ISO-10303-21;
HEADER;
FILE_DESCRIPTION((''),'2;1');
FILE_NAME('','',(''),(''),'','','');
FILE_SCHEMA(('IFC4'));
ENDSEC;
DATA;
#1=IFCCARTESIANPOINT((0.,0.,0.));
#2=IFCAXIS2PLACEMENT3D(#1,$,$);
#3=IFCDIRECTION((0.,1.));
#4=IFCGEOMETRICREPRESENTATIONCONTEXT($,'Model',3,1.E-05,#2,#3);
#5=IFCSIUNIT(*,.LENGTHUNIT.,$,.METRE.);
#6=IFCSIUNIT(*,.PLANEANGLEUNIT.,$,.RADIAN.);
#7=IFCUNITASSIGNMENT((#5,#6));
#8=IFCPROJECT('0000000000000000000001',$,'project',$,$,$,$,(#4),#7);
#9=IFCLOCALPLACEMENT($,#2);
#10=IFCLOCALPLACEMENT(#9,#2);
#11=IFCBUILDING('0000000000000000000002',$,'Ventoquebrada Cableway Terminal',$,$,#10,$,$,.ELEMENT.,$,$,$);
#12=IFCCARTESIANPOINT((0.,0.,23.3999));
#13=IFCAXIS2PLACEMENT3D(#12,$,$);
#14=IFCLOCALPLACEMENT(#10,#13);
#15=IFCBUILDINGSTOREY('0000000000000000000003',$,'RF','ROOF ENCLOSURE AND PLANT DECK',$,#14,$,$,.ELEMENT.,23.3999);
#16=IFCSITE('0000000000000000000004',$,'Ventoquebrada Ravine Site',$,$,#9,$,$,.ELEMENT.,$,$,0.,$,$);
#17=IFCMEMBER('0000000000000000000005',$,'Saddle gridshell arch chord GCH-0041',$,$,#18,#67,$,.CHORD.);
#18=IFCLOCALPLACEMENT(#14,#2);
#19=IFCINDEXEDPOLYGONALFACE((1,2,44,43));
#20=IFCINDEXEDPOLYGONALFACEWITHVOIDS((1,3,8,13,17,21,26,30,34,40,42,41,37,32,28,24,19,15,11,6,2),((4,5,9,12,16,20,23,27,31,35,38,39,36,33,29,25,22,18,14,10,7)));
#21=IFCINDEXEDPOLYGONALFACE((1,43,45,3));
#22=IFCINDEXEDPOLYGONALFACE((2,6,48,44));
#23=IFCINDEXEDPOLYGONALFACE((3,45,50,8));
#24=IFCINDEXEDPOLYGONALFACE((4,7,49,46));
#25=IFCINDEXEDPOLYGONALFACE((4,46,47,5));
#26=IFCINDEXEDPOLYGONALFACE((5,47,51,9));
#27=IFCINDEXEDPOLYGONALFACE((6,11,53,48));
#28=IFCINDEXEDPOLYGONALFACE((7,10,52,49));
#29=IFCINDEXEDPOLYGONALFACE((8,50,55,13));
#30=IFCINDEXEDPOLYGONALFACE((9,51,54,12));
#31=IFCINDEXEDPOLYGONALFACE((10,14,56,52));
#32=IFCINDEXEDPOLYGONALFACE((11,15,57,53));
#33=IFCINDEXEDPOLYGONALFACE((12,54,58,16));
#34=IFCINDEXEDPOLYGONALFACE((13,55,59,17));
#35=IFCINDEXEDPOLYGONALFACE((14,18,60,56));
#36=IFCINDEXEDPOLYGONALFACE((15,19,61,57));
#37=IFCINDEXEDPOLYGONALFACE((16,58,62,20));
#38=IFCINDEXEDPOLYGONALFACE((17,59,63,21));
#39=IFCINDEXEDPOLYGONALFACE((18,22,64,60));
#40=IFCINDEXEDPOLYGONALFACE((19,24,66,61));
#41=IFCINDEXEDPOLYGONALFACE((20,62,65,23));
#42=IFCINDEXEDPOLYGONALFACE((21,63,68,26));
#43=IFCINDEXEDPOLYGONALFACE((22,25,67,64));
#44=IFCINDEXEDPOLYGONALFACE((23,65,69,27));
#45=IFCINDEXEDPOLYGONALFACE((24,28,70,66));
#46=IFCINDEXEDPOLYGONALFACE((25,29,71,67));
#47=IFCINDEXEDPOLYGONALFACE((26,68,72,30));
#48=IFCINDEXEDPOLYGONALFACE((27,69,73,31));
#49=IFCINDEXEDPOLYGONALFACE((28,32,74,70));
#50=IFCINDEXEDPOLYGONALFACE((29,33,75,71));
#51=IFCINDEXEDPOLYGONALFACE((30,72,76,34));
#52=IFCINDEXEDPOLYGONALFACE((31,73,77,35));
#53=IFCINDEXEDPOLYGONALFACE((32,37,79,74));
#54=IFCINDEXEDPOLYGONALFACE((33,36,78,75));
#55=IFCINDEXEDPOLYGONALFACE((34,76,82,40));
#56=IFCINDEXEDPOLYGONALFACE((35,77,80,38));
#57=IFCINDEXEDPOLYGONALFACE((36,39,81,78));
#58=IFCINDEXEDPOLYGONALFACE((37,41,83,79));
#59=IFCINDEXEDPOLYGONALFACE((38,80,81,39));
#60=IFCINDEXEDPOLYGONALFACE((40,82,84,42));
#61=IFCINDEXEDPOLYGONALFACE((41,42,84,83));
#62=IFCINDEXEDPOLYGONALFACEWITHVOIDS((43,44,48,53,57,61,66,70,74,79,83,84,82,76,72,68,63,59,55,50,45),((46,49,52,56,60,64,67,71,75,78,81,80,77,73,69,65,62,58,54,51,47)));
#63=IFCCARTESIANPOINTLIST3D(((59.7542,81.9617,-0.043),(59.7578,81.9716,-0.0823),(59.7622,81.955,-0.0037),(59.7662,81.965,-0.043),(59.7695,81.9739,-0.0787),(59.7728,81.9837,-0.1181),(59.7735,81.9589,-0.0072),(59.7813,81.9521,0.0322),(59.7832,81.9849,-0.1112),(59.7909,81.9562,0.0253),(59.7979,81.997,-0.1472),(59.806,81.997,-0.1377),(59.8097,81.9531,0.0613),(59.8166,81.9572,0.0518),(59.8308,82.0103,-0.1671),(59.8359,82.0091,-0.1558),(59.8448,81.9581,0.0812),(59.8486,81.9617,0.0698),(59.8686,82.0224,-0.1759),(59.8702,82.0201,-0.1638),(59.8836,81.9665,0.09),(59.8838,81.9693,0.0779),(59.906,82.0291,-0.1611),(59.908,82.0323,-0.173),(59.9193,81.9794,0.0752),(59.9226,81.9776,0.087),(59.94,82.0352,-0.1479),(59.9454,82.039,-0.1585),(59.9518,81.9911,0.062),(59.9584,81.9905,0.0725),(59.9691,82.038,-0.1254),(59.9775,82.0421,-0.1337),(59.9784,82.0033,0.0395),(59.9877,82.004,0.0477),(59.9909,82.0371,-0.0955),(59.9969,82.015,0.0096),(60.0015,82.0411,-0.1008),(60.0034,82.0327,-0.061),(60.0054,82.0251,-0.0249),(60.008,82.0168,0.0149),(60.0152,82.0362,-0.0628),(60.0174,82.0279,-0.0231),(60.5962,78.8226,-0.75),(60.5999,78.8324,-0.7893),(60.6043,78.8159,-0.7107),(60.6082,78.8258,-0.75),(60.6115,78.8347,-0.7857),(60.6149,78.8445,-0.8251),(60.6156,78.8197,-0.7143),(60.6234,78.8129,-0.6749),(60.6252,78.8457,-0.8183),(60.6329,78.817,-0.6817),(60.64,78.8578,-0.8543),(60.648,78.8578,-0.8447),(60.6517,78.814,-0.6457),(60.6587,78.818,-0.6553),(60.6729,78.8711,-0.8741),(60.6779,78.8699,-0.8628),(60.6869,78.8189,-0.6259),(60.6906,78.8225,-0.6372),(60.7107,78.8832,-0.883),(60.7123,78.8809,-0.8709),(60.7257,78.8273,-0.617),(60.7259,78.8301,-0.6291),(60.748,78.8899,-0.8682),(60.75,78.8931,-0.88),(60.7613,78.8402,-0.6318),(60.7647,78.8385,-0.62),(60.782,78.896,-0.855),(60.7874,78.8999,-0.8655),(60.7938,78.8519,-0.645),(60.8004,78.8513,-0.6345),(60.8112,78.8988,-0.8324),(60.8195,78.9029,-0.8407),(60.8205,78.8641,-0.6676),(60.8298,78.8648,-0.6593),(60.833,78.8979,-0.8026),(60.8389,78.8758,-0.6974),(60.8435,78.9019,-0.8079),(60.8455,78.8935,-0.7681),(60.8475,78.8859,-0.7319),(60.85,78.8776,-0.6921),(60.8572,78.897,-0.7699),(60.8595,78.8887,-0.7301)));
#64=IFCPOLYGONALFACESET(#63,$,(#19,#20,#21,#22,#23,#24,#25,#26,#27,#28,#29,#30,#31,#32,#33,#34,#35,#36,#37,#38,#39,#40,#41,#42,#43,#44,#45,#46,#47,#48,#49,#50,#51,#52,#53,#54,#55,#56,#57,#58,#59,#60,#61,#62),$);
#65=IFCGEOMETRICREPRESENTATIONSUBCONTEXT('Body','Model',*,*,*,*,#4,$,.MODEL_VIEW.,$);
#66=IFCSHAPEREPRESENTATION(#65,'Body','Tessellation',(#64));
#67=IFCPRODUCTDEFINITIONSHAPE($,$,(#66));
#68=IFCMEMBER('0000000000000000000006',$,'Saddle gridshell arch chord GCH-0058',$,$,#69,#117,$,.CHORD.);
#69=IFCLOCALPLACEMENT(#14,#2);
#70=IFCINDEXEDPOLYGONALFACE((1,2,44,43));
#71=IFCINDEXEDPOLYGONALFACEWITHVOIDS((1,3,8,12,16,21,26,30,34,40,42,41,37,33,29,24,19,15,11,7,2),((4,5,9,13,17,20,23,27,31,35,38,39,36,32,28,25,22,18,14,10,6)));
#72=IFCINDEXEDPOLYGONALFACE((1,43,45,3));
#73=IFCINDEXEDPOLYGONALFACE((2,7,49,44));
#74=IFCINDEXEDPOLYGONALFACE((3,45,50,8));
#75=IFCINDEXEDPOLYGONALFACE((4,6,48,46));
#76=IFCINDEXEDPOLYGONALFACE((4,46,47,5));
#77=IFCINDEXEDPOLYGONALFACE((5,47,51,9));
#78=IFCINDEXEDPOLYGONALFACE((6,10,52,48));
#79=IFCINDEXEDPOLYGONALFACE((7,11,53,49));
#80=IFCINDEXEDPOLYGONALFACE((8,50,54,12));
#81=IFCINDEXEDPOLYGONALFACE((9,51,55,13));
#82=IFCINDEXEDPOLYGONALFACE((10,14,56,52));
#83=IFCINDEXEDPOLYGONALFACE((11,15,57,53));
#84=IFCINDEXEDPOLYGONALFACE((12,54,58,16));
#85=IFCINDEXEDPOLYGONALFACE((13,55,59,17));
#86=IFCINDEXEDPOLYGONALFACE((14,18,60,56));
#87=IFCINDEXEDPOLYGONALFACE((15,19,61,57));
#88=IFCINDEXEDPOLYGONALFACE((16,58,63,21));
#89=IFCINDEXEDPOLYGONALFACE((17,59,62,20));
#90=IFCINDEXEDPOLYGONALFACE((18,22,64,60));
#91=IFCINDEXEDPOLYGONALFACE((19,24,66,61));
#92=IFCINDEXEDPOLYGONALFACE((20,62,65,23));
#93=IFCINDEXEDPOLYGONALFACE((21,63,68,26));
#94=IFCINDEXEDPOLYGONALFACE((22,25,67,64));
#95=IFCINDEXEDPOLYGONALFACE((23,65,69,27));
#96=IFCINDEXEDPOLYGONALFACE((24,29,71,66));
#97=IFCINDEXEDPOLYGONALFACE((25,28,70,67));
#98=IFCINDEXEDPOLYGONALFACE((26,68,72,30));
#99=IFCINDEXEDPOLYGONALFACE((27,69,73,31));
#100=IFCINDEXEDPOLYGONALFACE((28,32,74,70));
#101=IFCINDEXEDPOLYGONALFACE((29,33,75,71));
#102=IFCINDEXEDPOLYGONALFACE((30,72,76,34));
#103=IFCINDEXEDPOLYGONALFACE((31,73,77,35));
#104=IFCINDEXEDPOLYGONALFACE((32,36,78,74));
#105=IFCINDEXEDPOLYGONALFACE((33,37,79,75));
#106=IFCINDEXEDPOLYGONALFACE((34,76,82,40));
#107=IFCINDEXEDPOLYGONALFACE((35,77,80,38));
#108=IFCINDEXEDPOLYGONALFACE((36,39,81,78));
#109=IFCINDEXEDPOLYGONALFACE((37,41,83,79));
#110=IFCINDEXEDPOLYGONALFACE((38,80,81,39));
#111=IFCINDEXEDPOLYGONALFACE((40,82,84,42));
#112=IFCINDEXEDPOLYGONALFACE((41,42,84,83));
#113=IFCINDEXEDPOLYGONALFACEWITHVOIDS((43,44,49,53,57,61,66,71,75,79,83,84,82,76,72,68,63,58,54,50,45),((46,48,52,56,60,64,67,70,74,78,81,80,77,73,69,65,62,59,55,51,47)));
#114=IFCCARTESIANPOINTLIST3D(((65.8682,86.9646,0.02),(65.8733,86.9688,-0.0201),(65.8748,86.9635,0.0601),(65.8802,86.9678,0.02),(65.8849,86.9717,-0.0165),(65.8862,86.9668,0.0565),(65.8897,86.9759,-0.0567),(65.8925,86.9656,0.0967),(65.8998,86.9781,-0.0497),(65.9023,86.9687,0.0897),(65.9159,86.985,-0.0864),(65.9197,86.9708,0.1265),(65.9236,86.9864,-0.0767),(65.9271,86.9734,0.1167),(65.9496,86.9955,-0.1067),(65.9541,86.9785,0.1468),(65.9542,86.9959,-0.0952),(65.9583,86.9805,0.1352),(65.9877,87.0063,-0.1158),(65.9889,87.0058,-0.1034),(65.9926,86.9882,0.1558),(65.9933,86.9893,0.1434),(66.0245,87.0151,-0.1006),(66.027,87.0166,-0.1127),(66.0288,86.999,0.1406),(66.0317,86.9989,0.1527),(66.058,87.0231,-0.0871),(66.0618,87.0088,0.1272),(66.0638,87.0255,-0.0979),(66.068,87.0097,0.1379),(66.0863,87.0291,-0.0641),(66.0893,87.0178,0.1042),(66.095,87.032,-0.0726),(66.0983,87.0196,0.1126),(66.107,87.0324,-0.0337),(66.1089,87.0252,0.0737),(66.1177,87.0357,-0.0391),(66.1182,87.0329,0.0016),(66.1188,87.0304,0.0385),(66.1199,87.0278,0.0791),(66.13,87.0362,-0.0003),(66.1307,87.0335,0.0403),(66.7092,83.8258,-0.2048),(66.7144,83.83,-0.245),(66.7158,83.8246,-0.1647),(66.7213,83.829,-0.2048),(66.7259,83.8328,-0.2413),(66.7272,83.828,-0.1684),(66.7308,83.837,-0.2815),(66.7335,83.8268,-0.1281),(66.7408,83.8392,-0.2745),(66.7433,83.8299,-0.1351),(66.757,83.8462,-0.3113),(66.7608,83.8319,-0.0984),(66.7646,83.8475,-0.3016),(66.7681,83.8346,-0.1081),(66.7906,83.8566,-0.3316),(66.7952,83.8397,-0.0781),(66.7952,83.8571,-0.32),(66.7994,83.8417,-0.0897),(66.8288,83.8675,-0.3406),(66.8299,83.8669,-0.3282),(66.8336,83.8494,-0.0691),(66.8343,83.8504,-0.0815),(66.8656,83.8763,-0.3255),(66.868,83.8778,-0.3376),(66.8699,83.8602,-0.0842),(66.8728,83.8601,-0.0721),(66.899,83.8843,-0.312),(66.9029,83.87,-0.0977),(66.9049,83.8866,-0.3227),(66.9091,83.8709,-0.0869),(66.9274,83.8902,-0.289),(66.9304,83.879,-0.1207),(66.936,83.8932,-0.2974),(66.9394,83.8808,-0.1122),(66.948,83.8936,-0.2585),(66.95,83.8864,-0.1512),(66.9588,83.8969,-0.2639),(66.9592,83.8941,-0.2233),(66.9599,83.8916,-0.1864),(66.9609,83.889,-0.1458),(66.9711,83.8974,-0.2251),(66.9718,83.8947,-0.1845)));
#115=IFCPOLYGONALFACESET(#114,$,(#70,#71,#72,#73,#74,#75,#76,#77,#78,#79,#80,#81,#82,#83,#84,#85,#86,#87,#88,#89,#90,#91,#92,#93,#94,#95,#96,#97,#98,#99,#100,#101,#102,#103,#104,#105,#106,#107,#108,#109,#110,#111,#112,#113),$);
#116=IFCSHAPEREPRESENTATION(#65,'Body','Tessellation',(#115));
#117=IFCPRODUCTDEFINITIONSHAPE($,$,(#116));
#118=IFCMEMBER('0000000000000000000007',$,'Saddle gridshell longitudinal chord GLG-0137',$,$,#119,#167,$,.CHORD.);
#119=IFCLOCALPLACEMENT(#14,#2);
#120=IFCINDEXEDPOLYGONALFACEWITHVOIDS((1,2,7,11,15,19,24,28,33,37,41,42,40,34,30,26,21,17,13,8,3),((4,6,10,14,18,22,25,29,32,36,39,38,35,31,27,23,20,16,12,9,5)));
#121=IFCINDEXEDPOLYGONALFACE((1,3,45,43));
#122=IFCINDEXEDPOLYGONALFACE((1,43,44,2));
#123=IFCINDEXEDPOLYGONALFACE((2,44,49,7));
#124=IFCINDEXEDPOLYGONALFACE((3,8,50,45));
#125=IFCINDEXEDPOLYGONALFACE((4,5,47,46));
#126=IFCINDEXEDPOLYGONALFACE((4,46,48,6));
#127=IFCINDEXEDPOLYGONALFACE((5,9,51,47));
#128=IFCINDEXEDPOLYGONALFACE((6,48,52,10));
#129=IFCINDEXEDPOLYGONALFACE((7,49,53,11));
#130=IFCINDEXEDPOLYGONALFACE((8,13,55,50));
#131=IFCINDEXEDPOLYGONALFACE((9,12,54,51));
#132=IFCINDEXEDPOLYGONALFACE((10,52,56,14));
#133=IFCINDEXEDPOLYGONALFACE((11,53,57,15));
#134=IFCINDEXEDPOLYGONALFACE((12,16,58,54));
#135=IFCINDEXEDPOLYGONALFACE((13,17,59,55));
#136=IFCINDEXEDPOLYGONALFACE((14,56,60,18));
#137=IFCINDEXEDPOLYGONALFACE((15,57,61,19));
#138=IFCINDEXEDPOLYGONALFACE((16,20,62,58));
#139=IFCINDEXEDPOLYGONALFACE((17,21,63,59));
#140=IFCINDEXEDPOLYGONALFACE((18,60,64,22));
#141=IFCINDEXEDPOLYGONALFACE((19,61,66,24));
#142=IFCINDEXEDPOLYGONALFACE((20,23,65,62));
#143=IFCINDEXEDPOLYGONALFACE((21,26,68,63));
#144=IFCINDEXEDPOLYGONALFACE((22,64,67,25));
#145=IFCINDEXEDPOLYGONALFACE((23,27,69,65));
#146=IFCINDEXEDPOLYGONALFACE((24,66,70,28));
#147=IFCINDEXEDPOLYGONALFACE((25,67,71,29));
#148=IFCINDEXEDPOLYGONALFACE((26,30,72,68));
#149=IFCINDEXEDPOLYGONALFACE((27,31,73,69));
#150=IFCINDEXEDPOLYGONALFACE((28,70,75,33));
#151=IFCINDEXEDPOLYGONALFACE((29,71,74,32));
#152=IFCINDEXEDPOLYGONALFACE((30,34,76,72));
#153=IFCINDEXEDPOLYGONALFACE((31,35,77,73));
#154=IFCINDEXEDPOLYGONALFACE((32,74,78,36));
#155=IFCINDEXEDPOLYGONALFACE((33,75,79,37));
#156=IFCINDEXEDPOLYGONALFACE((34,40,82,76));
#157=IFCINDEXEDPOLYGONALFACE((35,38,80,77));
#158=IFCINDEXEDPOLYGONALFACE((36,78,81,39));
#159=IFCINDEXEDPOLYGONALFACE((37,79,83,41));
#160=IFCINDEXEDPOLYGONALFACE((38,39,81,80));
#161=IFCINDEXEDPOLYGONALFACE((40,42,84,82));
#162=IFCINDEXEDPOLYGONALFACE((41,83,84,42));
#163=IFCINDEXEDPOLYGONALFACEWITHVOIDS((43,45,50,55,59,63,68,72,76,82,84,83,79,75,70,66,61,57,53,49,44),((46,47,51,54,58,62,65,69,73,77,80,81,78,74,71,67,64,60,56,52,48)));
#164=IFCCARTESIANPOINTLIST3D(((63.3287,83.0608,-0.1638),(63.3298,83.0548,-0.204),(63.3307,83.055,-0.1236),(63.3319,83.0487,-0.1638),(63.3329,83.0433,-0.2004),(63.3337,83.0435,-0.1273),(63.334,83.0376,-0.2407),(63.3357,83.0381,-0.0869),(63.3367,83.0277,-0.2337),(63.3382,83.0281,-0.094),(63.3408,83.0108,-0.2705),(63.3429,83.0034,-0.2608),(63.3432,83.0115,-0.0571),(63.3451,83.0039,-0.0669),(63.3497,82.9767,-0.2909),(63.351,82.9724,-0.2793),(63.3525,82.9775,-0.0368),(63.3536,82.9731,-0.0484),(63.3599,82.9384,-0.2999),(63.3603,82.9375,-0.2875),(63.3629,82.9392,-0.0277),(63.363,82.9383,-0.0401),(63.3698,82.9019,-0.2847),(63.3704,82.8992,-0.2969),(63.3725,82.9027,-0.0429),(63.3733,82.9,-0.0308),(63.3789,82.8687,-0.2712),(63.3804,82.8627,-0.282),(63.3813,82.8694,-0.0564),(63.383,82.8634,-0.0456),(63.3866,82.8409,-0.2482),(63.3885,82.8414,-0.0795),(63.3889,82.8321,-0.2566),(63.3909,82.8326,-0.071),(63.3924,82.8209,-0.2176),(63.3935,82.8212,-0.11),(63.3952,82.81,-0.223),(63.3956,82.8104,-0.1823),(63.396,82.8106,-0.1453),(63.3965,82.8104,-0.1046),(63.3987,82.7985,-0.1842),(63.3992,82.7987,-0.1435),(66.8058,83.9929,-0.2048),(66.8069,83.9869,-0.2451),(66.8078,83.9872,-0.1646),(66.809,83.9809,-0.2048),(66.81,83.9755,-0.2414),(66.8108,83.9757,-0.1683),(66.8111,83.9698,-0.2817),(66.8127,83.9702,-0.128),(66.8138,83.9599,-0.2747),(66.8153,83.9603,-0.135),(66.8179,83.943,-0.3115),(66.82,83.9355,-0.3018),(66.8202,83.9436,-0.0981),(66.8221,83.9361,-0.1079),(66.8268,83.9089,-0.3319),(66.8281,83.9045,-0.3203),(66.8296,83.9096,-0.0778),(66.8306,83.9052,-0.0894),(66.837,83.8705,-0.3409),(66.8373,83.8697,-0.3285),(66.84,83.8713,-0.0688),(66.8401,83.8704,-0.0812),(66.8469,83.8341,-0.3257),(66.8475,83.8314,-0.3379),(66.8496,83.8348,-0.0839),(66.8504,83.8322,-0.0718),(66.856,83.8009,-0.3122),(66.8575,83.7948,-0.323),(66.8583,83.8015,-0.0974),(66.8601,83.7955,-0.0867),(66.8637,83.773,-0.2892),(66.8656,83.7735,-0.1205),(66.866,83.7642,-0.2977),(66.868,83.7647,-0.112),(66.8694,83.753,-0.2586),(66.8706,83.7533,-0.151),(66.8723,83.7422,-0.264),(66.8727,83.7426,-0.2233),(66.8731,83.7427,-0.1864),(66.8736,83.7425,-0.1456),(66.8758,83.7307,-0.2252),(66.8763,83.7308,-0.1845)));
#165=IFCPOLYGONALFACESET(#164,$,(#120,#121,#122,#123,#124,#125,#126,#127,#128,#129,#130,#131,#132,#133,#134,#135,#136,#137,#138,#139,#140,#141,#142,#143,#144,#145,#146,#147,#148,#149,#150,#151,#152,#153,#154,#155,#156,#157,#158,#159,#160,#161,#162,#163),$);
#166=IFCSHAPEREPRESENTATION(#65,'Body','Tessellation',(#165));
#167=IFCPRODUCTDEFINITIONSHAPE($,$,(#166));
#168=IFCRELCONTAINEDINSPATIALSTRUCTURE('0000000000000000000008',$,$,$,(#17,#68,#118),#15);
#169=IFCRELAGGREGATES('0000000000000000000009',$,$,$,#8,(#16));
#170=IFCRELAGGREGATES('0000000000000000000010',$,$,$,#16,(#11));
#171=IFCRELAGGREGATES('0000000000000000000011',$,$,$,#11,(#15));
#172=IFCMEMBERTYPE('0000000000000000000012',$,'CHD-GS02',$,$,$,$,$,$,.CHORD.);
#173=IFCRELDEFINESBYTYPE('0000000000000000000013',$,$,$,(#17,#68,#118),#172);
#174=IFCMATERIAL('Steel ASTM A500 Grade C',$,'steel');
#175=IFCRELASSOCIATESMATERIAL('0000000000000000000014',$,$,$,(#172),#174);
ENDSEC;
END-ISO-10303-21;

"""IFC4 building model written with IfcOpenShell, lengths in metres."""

from ifc_helpers import new_model, si_unit, direction, frame, origin, origin_2d, place, context, subcontext, project, spatial, hollow_circle, extrude, material, material_profile, profile_set, type_object, element, save


model = new_model("IFC4")

# Units and contexts
model_context = context("Model", 3, precision=1e-05, world=origin(), true_north=direction((0.0, 1.0)))
body_context = subcontext(model_context, "Body", "Model", "MODEL_VIEW")
ifc_project = project(units=[si_unit("LENGTHUNIT", "METRE"), si_unit("PLANEANGLEUNIT", "RADIAN")], contexts=[model_context])

# Site, building, storey
site_placement = place(None, origin())
site = spatial("IfcSite", under=ifc_project, at=site_placement, Name="Ventoquebrada Ravine Site", CompositionType="ELEMENT", RefElevation=0.0)
building_placement = place(site_placement, origin())
building = spatial("IfcBuilding", under=site, at=building_placement, Name="Ventoquebrada Cableway Terminal", CompositionType="ELEMENT")
storey_placement = place(building_placement, frame((0.0, 0.0, 23.3999)))
storey = spatial("IfcBuildingStorey", under=building, at=storey_placement, Name="RF", Description="ROOF ENCLOSURE AND PLANT DECK", CompositionType="ELEMENT", Elevation=23.3999)

# Members
ifc_material_1 = material(Name="Steel ASTM A500 Grade C", Category="steel")
ifc_material_profile_1 = material_profile(ifc_material_1, hollow_circle(Radius=0.1365, WallThickness=0.0125, at=origin_2d()), Name="CHS273.0X12.5")
ifc_profile_set_1 = profile_set([ifc_material_profile_1], Name="Steel ASTM A500 Grade C")
member_type_1 = type_object("IfcMemberType", Name="CHD-GS02", PredefinedType="CHORD", material=ifc_profile_set_1)
member_1_placement = place(storey_placement, frame((60.728, 78.8579, -0.75), z_axis=(-0.253158, 0.943783, 0.212568), x_axis=(-0.965856, -0.259079, 0.0)))
element("IfcMember", 1, at=member_1_placement, inside=storey, type_object=member_type_1, Name="Saddle gridshell arch chord GCH-0041", PredefinedType="CHORD", context=body_context, shape_type="SweptSolid", body=[
    extrude(hollow_circle(Radius=0.1365, WallThickness=0.0125, at=origin_2d()), origin(), (0.0, 0.0, 1.0), 3.3262),
])
member_2_placement = place(storey_placement, frame((66.8411, 83.8611, -0.2048), z_axis=(-0.2582, 0.963622, 0.069028), x_axis=(-0.965926, -0.258817, 0.0)))
element("IfcMember", 2, at=member_2_placement, inside=storey, type_object=member_type_1, Name="Saddle gridshell arch chord GCH-0058", PredefinedType="CHORD", context=body_context, shape_type="SweptSolid", body=[
    extrude(hollow_circle(Radius=0.1365, WallThickness=0.0125, at=origin_2d()), origin(), (0.0, 0.0, 1.0), 3.2573),
])
member_3_placement = place(storey_placement, frame((63.364, 82.929, -0.1638), z_axis=(0.965831, 0.25892, -0.011393), x_axis=(-0.258937, 0.965894, 0.0)))
element("IfcMember", 3, at=member_3_placement, inside=storey, type_object=member_type_1, Name="Saddle gridshell longitudinal chord GLG-0137", PredefinedType="CHORD", context=body_context, shape_type="SweptSolid", body=[
    extrude(hollow_circle(Radius=0.1365, WallThickness=0.0125, at=origin_2d()), origin(), (0.0, 0.0, 1.0), 3.6001),
])

save(model, "model.ifc")
